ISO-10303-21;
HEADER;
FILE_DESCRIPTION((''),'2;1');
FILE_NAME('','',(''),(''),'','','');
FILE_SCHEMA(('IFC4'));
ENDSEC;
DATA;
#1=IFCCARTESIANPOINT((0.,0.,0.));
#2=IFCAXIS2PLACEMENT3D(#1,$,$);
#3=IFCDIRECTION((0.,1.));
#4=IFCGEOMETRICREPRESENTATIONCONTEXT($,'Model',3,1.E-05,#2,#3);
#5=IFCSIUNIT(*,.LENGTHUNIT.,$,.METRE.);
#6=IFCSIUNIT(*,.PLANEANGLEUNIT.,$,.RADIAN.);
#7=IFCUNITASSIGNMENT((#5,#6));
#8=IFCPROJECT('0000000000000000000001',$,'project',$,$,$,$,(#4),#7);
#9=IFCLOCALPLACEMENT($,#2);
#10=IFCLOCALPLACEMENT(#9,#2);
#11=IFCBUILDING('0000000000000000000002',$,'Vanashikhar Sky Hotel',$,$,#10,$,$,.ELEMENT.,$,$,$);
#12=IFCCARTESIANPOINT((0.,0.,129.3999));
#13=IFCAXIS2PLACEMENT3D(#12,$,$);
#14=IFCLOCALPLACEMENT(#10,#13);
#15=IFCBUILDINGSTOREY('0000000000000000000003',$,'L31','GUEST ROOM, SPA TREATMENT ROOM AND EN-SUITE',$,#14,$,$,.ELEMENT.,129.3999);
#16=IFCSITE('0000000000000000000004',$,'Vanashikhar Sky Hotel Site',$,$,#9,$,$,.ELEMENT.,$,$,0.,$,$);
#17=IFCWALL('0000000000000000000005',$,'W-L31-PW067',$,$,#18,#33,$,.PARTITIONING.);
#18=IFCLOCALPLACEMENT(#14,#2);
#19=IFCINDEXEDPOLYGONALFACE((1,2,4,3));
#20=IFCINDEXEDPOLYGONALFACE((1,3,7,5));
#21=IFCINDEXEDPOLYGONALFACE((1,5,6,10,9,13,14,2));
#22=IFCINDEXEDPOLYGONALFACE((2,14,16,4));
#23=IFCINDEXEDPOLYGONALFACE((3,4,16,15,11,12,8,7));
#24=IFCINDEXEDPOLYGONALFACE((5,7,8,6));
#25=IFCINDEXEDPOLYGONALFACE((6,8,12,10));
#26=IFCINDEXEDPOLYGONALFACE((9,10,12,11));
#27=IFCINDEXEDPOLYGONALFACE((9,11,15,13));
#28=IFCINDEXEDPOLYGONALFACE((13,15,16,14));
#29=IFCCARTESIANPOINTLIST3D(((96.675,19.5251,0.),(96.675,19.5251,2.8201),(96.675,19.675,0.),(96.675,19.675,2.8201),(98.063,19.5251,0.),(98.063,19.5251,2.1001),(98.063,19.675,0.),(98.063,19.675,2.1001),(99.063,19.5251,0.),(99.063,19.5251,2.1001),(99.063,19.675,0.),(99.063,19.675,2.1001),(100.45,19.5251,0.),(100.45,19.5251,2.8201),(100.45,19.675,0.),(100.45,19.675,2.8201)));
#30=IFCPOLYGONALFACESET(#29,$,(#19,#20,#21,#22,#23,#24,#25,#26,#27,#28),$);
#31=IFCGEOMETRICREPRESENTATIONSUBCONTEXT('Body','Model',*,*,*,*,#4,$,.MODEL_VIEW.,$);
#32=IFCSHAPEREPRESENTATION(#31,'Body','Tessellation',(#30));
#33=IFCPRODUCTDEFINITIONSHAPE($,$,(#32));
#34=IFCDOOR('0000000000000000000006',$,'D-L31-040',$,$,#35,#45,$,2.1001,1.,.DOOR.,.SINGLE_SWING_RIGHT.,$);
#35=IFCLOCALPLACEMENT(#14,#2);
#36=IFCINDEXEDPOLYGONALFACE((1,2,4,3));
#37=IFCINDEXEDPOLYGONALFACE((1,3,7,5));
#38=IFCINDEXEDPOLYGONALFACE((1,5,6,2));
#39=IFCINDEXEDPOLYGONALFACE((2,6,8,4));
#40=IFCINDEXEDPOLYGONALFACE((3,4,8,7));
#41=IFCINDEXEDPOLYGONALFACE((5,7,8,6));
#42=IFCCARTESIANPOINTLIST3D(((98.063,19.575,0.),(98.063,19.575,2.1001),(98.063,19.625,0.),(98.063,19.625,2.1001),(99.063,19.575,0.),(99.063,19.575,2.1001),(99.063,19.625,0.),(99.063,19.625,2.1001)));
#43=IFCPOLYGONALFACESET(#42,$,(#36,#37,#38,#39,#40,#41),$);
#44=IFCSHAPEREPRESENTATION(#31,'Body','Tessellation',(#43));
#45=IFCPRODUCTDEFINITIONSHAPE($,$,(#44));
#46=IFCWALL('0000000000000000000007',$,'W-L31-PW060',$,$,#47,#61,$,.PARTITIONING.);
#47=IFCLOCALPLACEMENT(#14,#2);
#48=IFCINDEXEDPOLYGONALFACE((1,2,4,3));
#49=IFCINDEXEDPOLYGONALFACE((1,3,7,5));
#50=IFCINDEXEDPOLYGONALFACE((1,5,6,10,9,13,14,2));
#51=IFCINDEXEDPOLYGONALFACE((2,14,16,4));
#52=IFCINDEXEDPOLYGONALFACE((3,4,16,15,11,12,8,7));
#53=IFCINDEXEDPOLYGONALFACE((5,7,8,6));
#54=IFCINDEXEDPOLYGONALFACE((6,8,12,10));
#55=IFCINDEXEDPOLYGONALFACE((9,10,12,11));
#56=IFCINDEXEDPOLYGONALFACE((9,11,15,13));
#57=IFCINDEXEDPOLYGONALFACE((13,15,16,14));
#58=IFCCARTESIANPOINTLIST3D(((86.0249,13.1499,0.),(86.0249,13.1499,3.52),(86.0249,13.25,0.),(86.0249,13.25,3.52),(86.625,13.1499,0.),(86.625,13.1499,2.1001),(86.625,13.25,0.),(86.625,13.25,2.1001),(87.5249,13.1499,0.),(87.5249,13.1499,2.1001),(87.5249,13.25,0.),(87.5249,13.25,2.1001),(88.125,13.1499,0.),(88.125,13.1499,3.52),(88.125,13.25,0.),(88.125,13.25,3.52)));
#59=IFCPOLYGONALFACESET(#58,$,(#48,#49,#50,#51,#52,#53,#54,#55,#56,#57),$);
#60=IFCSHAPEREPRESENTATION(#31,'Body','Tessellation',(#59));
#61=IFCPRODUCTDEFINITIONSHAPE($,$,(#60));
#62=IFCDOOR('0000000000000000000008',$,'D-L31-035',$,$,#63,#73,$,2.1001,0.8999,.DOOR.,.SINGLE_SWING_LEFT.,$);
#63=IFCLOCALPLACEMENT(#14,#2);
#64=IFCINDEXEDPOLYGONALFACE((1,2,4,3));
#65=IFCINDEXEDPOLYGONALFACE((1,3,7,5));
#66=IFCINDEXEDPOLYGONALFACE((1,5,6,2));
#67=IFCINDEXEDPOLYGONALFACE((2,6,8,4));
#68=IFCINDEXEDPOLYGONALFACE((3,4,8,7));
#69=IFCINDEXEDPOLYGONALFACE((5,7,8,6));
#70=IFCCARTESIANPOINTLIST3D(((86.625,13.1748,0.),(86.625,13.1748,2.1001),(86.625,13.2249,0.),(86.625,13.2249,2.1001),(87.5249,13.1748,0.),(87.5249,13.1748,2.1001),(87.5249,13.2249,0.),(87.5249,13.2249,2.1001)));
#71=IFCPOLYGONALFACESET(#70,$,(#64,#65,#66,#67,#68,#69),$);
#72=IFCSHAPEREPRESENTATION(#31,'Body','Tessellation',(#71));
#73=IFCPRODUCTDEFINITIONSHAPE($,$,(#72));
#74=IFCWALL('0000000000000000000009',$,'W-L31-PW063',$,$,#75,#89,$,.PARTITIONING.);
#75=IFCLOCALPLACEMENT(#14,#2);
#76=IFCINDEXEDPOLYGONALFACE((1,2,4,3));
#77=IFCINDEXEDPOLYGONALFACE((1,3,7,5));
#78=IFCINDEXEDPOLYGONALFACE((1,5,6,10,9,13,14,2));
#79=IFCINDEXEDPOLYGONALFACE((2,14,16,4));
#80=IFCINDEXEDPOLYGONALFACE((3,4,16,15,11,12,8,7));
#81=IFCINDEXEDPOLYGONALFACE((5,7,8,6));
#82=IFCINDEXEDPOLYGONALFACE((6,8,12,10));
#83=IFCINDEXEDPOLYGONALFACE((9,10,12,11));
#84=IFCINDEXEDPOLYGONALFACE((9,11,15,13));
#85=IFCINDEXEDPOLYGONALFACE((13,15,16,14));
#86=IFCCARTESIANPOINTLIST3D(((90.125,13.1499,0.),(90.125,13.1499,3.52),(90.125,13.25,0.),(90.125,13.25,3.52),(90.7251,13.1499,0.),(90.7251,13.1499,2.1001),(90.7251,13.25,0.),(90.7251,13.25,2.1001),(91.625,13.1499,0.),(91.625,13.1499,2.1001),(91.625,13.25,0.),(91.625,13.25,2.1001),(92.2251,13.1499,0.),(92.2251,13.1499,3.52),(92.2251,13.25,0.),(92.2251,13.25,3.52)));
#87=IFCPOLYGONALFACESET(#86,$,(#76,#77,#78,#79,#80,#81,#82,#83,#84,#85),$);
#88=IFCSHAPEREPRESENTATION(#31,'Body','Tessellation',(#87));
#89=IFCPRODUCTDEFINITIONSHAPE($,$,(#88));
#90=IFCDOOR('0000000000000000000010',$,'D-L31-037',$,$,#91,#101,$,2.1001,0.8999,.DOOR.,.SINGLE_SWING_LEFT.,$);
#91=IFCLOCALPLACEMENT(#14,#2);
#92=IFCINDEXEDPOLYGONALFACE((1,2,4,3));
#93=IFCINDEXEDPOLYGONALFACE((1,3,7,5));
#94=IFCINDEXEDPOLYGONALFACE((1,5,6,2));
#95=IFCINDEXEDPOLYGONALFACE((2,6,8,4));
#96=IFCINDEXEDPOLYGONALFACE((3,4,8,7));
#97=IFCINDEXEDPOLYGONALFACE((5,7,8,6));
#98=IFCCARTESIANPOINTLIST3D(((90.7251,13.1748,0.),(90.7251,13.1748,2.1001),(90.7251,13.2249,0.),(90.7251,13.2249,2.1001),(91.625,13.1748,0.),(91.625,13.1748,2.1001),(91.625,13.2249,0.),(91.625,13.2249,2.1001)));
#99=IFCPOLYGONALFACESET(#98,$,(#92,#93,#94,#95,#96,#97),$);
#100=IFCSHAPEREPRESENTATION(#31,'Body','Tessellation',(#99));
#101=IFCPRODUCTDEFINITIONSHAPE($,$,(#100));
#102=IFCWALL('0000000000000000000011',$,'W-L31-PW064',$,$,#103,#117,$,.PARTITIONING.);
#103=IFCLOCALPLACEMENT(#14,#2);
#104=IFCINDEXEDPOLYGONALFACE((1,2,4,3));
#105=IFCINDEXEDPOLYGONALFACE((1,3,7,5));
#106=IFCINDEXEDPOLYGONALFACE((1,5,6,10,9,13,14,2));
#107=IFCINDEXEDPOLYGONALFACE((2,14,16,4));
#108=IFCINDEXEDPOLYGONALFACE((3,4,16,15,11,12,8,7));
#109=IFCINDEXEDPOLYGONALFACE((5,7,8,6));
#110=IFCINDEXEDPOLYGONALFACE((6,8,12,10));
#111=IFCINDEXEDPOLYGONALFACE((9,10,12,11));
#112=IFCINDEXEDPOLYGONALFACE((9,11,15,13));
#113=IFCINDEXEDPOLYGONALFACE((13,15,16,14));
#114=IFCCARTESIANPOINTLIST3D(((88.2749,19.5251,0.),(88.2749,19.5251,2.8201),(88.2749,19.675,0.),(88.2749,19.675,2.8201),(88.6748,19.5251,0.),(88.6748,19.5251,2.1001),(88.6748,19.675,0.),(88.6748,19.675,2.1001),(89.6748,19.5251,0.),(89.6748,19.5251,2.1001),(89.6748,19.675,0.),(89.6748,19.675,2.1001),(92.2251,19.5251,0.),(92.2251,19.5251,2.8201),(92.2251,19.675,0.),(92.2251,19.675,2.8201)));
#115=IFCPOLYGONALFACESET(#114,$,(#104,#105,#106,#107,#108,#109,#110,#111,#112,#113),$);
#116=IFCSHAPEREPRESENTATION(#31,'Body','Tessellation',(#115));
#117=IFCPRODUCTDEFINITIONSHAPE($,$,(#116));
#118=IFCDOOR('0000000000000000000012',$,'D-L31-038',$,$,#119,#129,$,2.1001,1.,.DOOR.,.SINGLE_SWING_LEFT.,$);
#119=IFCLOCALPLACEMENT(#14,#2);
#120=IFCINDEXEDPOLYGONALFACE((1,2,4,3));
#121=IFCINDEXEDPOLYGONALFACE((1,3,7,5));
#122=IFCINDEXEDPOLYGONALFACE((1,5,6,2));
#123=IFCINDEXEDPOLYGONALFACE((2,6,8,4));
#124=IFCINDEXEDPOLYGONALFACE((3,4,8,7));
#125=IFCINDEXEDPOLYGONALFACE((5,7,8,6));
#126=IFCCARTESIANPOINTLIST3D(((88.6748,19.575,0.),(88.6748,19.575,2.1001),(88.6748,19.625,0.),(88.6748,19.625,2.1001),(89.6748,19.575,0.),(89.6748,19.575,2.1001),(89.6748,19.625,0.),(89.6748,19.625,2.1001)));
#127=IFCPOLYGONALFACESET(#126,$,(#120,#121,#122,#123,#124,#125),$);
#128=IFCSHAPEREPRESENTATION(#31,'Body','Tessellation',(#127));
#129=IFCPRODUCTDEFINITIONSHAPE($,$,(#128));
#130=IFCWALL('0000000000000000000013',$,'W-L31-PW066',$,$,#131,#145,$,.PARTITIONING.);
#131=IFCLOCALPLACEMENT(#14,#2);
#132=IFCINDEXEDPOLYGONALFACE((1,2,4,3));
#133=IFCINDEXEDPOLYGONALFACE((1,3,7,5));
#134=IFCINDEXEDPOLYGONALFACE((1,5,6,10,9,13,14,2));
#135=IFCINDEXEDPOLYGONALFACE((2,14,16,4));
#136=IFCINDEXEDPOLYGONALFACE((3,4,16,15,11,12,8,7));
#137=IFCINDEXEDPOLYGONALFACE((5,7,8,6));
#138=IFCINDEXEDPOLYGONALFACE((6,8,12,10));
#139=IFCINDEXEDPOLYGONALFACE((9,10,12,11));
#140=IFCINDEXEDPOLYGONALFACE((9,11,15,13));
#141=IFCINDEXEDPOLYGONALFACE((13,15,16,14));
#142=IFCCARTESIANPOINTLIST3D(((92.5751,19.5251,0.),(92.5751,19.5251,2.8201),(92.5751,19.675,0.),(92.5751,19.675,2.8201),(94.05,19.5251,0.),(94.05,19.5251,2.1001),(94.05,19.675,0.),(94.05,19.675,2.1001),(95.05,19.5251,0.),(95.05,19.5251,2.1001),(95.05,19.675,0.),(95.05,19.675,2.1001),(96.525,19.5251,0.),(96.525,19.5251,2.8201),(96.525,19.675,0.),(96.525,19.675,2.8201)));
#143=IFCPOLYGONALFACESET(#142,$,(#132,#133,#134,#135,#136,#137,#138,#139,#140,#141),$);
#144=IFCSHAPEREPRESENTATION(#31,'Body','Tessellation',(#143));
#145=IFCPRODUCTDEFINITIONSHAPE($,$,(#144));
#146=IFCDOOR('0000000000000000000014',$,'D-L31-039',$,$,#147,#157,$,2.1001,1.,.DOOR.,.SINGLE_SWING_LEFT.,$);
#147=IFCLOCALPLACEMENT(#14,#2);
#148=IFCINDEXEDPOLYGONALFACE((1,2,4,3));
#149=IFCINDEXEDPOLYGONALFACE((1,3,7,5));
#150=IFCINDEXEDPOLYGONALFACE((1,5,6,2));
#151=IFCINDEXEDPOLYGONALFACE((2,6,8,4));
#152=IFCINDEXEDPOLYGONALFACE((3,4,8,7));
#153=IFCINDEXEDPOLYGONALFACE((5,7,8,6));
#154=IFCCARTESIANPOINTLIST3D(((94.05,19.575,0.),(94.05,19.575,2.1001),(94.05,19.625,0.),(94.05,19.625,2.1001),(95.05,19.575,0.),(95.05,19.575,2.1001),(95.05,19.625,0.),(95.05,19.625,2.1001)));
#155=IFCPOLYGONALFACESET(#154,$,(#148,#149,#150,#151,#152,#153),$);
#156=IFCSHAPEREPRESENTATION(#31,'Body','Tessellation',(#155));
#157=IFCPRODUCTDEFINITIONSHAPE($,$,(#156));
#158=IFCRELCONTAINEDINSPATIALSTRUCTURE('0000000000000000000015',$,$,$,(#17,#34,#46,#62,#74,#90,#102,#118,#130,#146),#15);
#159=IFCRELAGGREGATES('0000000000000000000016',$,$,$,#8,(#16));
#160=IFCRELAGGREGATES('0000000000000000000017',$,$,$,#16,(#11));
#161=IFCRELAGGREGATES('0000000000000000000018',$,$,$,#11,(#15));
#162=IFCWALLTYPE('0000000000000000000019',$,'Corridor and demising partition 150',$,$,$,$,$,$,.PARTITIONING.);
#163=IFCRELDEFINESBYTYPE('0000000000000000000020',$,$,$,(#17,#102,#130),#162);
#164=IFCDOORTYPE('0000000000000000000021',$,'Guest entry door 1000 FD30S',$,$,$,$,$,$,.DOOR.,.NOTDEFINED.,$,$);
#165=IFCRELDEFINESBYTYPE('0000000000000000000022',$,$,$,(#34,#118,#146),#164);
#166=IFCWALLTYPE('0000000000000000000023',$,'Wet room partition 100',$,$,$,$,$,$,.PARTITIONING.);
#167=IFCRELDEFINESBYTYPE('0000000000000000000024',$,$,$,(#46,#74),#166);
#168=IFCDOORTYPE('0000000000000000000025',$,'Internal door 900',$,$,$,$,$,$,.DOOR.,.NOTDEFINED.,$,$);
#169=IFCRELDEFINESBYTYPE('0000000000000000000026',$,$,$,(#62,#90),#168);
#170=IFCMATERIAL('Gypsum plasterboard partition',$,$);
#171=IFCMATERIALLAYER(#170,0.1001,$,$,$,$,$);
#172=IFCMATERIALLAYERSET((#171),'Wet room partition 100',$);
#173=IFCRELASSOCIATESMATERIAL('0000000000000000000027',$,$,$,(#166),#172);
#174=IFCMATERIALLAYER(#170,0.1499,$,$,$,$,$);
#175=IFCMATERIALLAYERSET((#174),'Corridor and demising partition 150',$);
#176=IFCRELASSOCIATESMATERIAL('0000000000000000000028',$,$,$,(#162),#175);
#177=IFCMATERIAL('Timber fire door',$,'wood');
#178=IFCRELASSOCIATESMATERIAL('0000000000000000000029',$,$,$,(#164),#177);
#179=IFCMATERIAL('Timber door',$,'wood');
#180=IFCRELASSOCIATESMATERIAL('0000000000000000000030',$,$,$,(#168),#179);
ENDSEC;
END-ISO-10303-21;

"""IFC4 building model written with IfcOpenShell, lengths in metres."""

from ifc_helpers import new_model, si_unit, direction, frame, frame_2d, origin, place, context, subcontext, project, spatial, rectangle, extrude, source, transform, mapped, material, layer, layer_set, type_object, element, fill, save


model = new_model("IFC4")

# Units and contexts
model_context = context("Model", 3, precision=1e-05, world=origin(), true_north=direction((0.0, 1.0)))
body_context = subcontext(model_context, "Body", "Model", "MODEL_VIEW")
ifc_project = project(units=[si_unit("LENGTHUNIT", "METRE"), si_unit("PLANEANGLEUNIT", "RADIAN")], contexts=[model_context])

# Site, building, storey
site_placement = place(None, origin())
site = spatial("IfcSite", under=ifc_project, at=site_placement, Name="Vanashikhar Sky Hotel Site", CompositionType="ELEMENT", RefElevation=0.0)
building_placement = place(site_placement, origin())
building = spatial("IfcBuilding", under=site, at=building_placement, Name="Vanashikhar Sky Hotel", CompositionType="ELEMENT")
storey_placement = place(building_placement, frame((0.0, 0.0, 129.3999)))
storey = spatial("IfcBuildingStorey", under=building, at=storey_placement, Name="L31", Description="GUEST ROOM, SPA TREATMENT ROOM AND EN-SUITE", CompositionType="ELEMENT", Elevation=129.3999)

# Shared definitions
ifc_material_1 = material(Name="Gypsum plasterboard partition")
ifc_layer_1 = layer(ifc_material_1, 0.1001)
ifc_layer_set_1 = layer_set([ifc_layer_1], Name="Wet room partition 100")
wall_type_1 = type_object("IfcWallType", Name="Wet room partition 100", PredefinedType="PARTITIONING", material=ifc_layer_set_1)

# Walls, openings, doors
ifc_layer_2 = layer(ifc_material_1, 0.1499)
ifc_layer_set_2 = layer_set([ifc_layer_2], Name="Corridor and demising partition 150")
wall_type_2 = type_object("IfcWallType", Name="Corridor and demising partition 150", PredefinedType="PARTITIONING", material=ifc_layer_set_2)
shared_shape_1 = source(origin(), body_context, "Body", "SweptSolid", [
    extrude(rectangle(XDim=3.7749, YDim=0.1499, at=frame_2d((1.8875, 0.0))), origin(), (0.0, 0.0, 1.0), 2.8201),
])
wall_1_placement = place(storey_placement, frame((96.675, 19.6001, 0.0), z_axis=(0.0, 0.0, 1.0), x_axis=(1.0, 0.0, 0.0)))
wall_1 = element("IfcWall", 1, at=wall_1_placement, inside=storey, type_object=wall_type_2, Name="W-L31-PW067", PredefinedType="PARTITIONING", context=body_context, shape_type="MappedRepresentation", body=[
    mapped(shared_shape_1, transform((0.0, 0.0, 0.0), scale=1.0)),
])
shared_shape_2 = source(origin(), body_context, "Body", "SweptSolid", [
    extrude(rectangle(XDim=1.0, YDim=2.1001, at=frame_2d((0.5, 1.05))), frame((0.0, 0.085, 0.0), z_axis=(0.0, -1.0, 0.0), x_axis=(1.0, 0.0, 0.0)), (0.0, 0.0, 1.0), 0.1699),
])
opening_1_placement = place(wall_1_placement, frame((1.3879, 0.0, 0.0)))
opening_1 = element("IfcOpeningElement", 2, at=opening_1_placement, cuts=wall_1, PredefinedType="OPENING", context=body_context, shape_type="MappedRepresentation", body=[
    mapped(shared_shape_2, transform((0.0, 0.0, 0.0), scale=1.0)),
])
ifc_material_2 = material(Name="Timber fire door", Category="wood")
door_type_1 = type_object("IfcDoorType", Name="Guest entry door 1000 FD30S", OperationType="NOTDEFINED", PredefinedType="DOOR", material=ifc_material_2)
shared_shape_3 = source(origin(), body_context, "Body", "SweptSolid", [
    extrude(rectangle(XDim=1.0, YDim=2.1001, at=frame_2d((0.5, 1.05))), frame((0.0, 0.0249, 0.0), z_axis=(0.0, -1.0, 0.0), x_axis=(1.0, 0.0, 0.0)), (0.0, 0.0, 1.0), 0.05),
])
door_1_placement = place(opening_1_placement, origin())
door_1 = element("IfcDoor", 3, at=door_1_placement, inside=storey, type_object=door_type_1, Name="D-L31-040", OperationType="SINGLE_SWING_RIGHT", OverallHeight=2.1001, OverallWidth=1.0, PredefinedType="DOOR", context=body_context, shape_type="MappedRepresentation", body=[
    mapped(shared_shape_3, transform((0.0, 0.0, 0.0), scale=1.0)),
])
fill(opening_1, door_1)
shared_shape_4 = source(origin(), body_context, "Body", "SweptSolid", [
    extrude(rectangle(XDim=2.1001, YDim=0.1001, at=frame_2d((1.05, 0.0))), origin(), (0.0, 0.0, 1.0), 3.52),
])
wall_2_placement = place(storey_placement, frame((86.0249, 13.2, 0.0), z_axis=(0.0, 0.0, 1.0), x_axis=(1.0, 0.0, 0.0)))
wall_2 = element("IfcWall", 4, at=wall_2_placement, inside=storey, type_object=wall_type_1, Name="W-L31-PW060", PredefinedType="PARTITIONING", context=body_context, shape_type="MappedRepresentation", body=[
    mapped(shared_shape_4, transform((0.0, 0.0, 0.0), scale=1.0)),
])
shared_shape_5 = source(origin(), body_context, "Body", "SweptSolid", [
    extrude(rectangle(XDim=0.8999, YDim=2.1001, at=frame_2d((0.45, 1.05))), frame((0.0, 0.0601, 0.0), z_axis=(0.0, -1.0, 0.0), x_axis=(1.0, 0.0, 0.0)), (0.0, 0.0, 1.0), 0.1201),
])
opening_2_placement = place(wall_2_placement, frame((0.6001, 0.0, 0.0)))
opening_2 = element("IfcOpeningElement", 5, at=opening_2_placement, cuts=wall_2, PredefinedType="OPENING", context=body_context, shape_type="MappedRepresentation", body=[
    mapped(shared_shape_5, transform((0.0, 0.0, 0.0), scale=1.0)),
])
ifc_material_3 = material(Name="Timber door", Category="wood")
door_type_2 = type_object("IfcDoorType", Name="Internal door 900", OperationType="NOTDEFINED", PredefinedType="DOOR", material=ifc_material_3)
shared_shape_6 = source(origin(), body_context, "Body", "SweptSolid", [
    extrude(rectangle(XDim=0.8999, YDim=2.1001, at=frame_2d((0.45, 1.05))), frame((0.0, 0.0249, 0.0), z_axis=(0.0, -1.0, 0.0), x_axis=(1.0, 0.0, 0.0)), (0.0, 0.0, 1.0), 0.05),
])
door_2_placement = place(opening_2_placement, origin())
door_2 = element("IfcDoor", 6, at=door_2_placement, inside=storey, type_object=door_type_2, Name="D-L31-035", OperationType="SINGLE_SWING_LEFT", OverallHeight=2.1001, OverallWidth=0.8999, PredefinedType="DOOR", context=body_context, shape_type="MappedRepresentation", body=[
    mapped(shared_shape_6, transform((0.0, 0.0, 0.0), scale=1.0)),
])
fill(opening_2, door_2)
wall_3_placement = place(storey_placement, frame((90.125, 13.2, 0.0), z_axis=(0.0, 0.0, 1.0), x_axis=(1.0, 0.0, 0.0)))
wall_3 = element("IfcWall", 7, at=wall_3_placement, inside=storey, type_object=wall_type_1, Name="W-L31-PW063", PredefinedType="PARTITIONING", context=body_context, shape_type="MappedRepresentation", body=[
    mapped(shared_shape_4, transform((0.0, 0.0, 0.0), scale=1.0)),
])
opening_3_placement = place(wall_3_placement, frame((0.6001, 0.0, 0.0)))
opening_3 = element("IfcOpeningElement", 8, at=opening_3_placement, cuts=wall_3, PredefinedType="OPENING", context=body_context, shape_type="MappedRepresentation", body=[
    mapped(shared_shape_5, transform((0.0, 0.0, 0.0), scale=1.0)),
])
door_3_placement = place(opening_3_placement, origin())
door_3 = element("IfcDoor", 9, at=door_3_placement, inside=storey, type_object=door_type_2, Name="D-L31-037", OperationType="SINGLE_SWING_LEFT", OverallHeight=2.1001, OverallWidth=0.8999, PredefinedType="DOOR", context=body_context, shape_type="MappedRepresentation", body=[
    mapped(shared_shape_6, transform((0.0, 0.0, 0.0), scale=1.0)),
])
fill(opening_3, door_3)
shared_shape_7 = source(origin(), body_context, "Body", "SweptSolid", [
    extrude(rectangle(XDim=3.9502, YDim=0.1499, at=frame_2d((1.9751, 0.0))), origin(), (0.0, 0.0, 1.0), 2.8201),
])
wall_4_placement = place(storey_placement, frame((88.2749, 19.6001, 0.0), z_axis=(0.0, 0.0, 1.0), x_axis=(1.0, 0.0, 0.0)))
wall_4 = element("IfcWall", 10, at=wall_4_placement, inside=storey, type_object=wall_type_2, Name="W-L31-PW064", PredefinedType="PARTITIONING", context=body_context, shape_type="MappedRepresentation", body=[
    mapped(shared_shape_7, transform((0.0, 0.0, 0.0), scale=1.0)),
])
opening_4_placement = place(wall_4_placement, frame((0.3999, 0.0, 0.0)))
opening_4 = element("IfcOpeningElement", 11, at=opening_4_placement, cuts=wall_4, PredefinedType="OPENING", context=body_context, shape_type="MappedRepresentation", body=[
    mapped(shared_shape_2, transform((0.0, 0.0, 0.0), scale=1.0)),
])
door_4_placement = place(opening_4_placement, origin())
door_4 = element("IfcDoor", 12, at=door_4_placement, inside=storey, type_object=door_type_1, Name="D-L31-038", OperationType="SINGLE_SWING_LEFT", OverallHeight=2.1001, OverallWidth=1.0, PredefinedType="DOOR", context=body_context, shape_type="MappedRepresentation", body=[
    mapped(shared_shape_3, transform((0.0, 0.0, 0.0), scale=1.0)),
])
fill(opening_4, door_4)
shared_shape_8 = source(origin(), body_context, "Body", "SweptSolid", [
    extrude(rectangle(XDim=3.95, YDim=0.1499, at=frame_2d((1.9751, 0.0))), origin(), (0.0, 0.0, 1.0), 2.8201),
])
wall_5_placement = place(storey_placement, frame((92.575, 19.6001, 0.0), z_axis=(0.0, 0.0, 1.0), x_axis=(1.0, 0.0, 0.0)))
wall_5 = element("IfcWall", 13, at=wall_5_placement, inside=storey, type_object=wall_type_2, Name="W-L31-PW066", PredefinedType="PARTITIONING", context=body_context, shape_type="MappedRepresentation", body=[
    mapped(shared_shape_8, transform((0.0, 0.0, 0.0), scale=1.0)),
])
opening_5_placement = place(wall_5_placement, frame((1.4751, 0.0, 0.0)))
opening_5 = element("IfcOpeningElement", 14, at=opening_5_placement, cuts=wall_5, PredefinedType="OPENING", context=body_context, shape_type="MappedRepresentation", body=[
    mapped(shared_shape_2, transform((0.0, 0.0, 0.0), scale=1.0)),
])
door_5_placement = place(opening_5_placement, origin())
door_5 = element("IfcDoor", 15, at=door_5_placement, inside=storey, type_object=door_type_1, Name="D-L31-039", OperationType="SINGLE_SWING_LEFT", OverallHeight=2.1001, OverallWidth=1.0, PredefinedType="DOOR", context=body_context, shape_type="MappedRepresentation", body=[
    mapped(shared_shape_3, transform((0.0, 0.0, 0.0), scale=1.0)),
])
fill(opening_5, door_5)

save(model, "model.ifc")
